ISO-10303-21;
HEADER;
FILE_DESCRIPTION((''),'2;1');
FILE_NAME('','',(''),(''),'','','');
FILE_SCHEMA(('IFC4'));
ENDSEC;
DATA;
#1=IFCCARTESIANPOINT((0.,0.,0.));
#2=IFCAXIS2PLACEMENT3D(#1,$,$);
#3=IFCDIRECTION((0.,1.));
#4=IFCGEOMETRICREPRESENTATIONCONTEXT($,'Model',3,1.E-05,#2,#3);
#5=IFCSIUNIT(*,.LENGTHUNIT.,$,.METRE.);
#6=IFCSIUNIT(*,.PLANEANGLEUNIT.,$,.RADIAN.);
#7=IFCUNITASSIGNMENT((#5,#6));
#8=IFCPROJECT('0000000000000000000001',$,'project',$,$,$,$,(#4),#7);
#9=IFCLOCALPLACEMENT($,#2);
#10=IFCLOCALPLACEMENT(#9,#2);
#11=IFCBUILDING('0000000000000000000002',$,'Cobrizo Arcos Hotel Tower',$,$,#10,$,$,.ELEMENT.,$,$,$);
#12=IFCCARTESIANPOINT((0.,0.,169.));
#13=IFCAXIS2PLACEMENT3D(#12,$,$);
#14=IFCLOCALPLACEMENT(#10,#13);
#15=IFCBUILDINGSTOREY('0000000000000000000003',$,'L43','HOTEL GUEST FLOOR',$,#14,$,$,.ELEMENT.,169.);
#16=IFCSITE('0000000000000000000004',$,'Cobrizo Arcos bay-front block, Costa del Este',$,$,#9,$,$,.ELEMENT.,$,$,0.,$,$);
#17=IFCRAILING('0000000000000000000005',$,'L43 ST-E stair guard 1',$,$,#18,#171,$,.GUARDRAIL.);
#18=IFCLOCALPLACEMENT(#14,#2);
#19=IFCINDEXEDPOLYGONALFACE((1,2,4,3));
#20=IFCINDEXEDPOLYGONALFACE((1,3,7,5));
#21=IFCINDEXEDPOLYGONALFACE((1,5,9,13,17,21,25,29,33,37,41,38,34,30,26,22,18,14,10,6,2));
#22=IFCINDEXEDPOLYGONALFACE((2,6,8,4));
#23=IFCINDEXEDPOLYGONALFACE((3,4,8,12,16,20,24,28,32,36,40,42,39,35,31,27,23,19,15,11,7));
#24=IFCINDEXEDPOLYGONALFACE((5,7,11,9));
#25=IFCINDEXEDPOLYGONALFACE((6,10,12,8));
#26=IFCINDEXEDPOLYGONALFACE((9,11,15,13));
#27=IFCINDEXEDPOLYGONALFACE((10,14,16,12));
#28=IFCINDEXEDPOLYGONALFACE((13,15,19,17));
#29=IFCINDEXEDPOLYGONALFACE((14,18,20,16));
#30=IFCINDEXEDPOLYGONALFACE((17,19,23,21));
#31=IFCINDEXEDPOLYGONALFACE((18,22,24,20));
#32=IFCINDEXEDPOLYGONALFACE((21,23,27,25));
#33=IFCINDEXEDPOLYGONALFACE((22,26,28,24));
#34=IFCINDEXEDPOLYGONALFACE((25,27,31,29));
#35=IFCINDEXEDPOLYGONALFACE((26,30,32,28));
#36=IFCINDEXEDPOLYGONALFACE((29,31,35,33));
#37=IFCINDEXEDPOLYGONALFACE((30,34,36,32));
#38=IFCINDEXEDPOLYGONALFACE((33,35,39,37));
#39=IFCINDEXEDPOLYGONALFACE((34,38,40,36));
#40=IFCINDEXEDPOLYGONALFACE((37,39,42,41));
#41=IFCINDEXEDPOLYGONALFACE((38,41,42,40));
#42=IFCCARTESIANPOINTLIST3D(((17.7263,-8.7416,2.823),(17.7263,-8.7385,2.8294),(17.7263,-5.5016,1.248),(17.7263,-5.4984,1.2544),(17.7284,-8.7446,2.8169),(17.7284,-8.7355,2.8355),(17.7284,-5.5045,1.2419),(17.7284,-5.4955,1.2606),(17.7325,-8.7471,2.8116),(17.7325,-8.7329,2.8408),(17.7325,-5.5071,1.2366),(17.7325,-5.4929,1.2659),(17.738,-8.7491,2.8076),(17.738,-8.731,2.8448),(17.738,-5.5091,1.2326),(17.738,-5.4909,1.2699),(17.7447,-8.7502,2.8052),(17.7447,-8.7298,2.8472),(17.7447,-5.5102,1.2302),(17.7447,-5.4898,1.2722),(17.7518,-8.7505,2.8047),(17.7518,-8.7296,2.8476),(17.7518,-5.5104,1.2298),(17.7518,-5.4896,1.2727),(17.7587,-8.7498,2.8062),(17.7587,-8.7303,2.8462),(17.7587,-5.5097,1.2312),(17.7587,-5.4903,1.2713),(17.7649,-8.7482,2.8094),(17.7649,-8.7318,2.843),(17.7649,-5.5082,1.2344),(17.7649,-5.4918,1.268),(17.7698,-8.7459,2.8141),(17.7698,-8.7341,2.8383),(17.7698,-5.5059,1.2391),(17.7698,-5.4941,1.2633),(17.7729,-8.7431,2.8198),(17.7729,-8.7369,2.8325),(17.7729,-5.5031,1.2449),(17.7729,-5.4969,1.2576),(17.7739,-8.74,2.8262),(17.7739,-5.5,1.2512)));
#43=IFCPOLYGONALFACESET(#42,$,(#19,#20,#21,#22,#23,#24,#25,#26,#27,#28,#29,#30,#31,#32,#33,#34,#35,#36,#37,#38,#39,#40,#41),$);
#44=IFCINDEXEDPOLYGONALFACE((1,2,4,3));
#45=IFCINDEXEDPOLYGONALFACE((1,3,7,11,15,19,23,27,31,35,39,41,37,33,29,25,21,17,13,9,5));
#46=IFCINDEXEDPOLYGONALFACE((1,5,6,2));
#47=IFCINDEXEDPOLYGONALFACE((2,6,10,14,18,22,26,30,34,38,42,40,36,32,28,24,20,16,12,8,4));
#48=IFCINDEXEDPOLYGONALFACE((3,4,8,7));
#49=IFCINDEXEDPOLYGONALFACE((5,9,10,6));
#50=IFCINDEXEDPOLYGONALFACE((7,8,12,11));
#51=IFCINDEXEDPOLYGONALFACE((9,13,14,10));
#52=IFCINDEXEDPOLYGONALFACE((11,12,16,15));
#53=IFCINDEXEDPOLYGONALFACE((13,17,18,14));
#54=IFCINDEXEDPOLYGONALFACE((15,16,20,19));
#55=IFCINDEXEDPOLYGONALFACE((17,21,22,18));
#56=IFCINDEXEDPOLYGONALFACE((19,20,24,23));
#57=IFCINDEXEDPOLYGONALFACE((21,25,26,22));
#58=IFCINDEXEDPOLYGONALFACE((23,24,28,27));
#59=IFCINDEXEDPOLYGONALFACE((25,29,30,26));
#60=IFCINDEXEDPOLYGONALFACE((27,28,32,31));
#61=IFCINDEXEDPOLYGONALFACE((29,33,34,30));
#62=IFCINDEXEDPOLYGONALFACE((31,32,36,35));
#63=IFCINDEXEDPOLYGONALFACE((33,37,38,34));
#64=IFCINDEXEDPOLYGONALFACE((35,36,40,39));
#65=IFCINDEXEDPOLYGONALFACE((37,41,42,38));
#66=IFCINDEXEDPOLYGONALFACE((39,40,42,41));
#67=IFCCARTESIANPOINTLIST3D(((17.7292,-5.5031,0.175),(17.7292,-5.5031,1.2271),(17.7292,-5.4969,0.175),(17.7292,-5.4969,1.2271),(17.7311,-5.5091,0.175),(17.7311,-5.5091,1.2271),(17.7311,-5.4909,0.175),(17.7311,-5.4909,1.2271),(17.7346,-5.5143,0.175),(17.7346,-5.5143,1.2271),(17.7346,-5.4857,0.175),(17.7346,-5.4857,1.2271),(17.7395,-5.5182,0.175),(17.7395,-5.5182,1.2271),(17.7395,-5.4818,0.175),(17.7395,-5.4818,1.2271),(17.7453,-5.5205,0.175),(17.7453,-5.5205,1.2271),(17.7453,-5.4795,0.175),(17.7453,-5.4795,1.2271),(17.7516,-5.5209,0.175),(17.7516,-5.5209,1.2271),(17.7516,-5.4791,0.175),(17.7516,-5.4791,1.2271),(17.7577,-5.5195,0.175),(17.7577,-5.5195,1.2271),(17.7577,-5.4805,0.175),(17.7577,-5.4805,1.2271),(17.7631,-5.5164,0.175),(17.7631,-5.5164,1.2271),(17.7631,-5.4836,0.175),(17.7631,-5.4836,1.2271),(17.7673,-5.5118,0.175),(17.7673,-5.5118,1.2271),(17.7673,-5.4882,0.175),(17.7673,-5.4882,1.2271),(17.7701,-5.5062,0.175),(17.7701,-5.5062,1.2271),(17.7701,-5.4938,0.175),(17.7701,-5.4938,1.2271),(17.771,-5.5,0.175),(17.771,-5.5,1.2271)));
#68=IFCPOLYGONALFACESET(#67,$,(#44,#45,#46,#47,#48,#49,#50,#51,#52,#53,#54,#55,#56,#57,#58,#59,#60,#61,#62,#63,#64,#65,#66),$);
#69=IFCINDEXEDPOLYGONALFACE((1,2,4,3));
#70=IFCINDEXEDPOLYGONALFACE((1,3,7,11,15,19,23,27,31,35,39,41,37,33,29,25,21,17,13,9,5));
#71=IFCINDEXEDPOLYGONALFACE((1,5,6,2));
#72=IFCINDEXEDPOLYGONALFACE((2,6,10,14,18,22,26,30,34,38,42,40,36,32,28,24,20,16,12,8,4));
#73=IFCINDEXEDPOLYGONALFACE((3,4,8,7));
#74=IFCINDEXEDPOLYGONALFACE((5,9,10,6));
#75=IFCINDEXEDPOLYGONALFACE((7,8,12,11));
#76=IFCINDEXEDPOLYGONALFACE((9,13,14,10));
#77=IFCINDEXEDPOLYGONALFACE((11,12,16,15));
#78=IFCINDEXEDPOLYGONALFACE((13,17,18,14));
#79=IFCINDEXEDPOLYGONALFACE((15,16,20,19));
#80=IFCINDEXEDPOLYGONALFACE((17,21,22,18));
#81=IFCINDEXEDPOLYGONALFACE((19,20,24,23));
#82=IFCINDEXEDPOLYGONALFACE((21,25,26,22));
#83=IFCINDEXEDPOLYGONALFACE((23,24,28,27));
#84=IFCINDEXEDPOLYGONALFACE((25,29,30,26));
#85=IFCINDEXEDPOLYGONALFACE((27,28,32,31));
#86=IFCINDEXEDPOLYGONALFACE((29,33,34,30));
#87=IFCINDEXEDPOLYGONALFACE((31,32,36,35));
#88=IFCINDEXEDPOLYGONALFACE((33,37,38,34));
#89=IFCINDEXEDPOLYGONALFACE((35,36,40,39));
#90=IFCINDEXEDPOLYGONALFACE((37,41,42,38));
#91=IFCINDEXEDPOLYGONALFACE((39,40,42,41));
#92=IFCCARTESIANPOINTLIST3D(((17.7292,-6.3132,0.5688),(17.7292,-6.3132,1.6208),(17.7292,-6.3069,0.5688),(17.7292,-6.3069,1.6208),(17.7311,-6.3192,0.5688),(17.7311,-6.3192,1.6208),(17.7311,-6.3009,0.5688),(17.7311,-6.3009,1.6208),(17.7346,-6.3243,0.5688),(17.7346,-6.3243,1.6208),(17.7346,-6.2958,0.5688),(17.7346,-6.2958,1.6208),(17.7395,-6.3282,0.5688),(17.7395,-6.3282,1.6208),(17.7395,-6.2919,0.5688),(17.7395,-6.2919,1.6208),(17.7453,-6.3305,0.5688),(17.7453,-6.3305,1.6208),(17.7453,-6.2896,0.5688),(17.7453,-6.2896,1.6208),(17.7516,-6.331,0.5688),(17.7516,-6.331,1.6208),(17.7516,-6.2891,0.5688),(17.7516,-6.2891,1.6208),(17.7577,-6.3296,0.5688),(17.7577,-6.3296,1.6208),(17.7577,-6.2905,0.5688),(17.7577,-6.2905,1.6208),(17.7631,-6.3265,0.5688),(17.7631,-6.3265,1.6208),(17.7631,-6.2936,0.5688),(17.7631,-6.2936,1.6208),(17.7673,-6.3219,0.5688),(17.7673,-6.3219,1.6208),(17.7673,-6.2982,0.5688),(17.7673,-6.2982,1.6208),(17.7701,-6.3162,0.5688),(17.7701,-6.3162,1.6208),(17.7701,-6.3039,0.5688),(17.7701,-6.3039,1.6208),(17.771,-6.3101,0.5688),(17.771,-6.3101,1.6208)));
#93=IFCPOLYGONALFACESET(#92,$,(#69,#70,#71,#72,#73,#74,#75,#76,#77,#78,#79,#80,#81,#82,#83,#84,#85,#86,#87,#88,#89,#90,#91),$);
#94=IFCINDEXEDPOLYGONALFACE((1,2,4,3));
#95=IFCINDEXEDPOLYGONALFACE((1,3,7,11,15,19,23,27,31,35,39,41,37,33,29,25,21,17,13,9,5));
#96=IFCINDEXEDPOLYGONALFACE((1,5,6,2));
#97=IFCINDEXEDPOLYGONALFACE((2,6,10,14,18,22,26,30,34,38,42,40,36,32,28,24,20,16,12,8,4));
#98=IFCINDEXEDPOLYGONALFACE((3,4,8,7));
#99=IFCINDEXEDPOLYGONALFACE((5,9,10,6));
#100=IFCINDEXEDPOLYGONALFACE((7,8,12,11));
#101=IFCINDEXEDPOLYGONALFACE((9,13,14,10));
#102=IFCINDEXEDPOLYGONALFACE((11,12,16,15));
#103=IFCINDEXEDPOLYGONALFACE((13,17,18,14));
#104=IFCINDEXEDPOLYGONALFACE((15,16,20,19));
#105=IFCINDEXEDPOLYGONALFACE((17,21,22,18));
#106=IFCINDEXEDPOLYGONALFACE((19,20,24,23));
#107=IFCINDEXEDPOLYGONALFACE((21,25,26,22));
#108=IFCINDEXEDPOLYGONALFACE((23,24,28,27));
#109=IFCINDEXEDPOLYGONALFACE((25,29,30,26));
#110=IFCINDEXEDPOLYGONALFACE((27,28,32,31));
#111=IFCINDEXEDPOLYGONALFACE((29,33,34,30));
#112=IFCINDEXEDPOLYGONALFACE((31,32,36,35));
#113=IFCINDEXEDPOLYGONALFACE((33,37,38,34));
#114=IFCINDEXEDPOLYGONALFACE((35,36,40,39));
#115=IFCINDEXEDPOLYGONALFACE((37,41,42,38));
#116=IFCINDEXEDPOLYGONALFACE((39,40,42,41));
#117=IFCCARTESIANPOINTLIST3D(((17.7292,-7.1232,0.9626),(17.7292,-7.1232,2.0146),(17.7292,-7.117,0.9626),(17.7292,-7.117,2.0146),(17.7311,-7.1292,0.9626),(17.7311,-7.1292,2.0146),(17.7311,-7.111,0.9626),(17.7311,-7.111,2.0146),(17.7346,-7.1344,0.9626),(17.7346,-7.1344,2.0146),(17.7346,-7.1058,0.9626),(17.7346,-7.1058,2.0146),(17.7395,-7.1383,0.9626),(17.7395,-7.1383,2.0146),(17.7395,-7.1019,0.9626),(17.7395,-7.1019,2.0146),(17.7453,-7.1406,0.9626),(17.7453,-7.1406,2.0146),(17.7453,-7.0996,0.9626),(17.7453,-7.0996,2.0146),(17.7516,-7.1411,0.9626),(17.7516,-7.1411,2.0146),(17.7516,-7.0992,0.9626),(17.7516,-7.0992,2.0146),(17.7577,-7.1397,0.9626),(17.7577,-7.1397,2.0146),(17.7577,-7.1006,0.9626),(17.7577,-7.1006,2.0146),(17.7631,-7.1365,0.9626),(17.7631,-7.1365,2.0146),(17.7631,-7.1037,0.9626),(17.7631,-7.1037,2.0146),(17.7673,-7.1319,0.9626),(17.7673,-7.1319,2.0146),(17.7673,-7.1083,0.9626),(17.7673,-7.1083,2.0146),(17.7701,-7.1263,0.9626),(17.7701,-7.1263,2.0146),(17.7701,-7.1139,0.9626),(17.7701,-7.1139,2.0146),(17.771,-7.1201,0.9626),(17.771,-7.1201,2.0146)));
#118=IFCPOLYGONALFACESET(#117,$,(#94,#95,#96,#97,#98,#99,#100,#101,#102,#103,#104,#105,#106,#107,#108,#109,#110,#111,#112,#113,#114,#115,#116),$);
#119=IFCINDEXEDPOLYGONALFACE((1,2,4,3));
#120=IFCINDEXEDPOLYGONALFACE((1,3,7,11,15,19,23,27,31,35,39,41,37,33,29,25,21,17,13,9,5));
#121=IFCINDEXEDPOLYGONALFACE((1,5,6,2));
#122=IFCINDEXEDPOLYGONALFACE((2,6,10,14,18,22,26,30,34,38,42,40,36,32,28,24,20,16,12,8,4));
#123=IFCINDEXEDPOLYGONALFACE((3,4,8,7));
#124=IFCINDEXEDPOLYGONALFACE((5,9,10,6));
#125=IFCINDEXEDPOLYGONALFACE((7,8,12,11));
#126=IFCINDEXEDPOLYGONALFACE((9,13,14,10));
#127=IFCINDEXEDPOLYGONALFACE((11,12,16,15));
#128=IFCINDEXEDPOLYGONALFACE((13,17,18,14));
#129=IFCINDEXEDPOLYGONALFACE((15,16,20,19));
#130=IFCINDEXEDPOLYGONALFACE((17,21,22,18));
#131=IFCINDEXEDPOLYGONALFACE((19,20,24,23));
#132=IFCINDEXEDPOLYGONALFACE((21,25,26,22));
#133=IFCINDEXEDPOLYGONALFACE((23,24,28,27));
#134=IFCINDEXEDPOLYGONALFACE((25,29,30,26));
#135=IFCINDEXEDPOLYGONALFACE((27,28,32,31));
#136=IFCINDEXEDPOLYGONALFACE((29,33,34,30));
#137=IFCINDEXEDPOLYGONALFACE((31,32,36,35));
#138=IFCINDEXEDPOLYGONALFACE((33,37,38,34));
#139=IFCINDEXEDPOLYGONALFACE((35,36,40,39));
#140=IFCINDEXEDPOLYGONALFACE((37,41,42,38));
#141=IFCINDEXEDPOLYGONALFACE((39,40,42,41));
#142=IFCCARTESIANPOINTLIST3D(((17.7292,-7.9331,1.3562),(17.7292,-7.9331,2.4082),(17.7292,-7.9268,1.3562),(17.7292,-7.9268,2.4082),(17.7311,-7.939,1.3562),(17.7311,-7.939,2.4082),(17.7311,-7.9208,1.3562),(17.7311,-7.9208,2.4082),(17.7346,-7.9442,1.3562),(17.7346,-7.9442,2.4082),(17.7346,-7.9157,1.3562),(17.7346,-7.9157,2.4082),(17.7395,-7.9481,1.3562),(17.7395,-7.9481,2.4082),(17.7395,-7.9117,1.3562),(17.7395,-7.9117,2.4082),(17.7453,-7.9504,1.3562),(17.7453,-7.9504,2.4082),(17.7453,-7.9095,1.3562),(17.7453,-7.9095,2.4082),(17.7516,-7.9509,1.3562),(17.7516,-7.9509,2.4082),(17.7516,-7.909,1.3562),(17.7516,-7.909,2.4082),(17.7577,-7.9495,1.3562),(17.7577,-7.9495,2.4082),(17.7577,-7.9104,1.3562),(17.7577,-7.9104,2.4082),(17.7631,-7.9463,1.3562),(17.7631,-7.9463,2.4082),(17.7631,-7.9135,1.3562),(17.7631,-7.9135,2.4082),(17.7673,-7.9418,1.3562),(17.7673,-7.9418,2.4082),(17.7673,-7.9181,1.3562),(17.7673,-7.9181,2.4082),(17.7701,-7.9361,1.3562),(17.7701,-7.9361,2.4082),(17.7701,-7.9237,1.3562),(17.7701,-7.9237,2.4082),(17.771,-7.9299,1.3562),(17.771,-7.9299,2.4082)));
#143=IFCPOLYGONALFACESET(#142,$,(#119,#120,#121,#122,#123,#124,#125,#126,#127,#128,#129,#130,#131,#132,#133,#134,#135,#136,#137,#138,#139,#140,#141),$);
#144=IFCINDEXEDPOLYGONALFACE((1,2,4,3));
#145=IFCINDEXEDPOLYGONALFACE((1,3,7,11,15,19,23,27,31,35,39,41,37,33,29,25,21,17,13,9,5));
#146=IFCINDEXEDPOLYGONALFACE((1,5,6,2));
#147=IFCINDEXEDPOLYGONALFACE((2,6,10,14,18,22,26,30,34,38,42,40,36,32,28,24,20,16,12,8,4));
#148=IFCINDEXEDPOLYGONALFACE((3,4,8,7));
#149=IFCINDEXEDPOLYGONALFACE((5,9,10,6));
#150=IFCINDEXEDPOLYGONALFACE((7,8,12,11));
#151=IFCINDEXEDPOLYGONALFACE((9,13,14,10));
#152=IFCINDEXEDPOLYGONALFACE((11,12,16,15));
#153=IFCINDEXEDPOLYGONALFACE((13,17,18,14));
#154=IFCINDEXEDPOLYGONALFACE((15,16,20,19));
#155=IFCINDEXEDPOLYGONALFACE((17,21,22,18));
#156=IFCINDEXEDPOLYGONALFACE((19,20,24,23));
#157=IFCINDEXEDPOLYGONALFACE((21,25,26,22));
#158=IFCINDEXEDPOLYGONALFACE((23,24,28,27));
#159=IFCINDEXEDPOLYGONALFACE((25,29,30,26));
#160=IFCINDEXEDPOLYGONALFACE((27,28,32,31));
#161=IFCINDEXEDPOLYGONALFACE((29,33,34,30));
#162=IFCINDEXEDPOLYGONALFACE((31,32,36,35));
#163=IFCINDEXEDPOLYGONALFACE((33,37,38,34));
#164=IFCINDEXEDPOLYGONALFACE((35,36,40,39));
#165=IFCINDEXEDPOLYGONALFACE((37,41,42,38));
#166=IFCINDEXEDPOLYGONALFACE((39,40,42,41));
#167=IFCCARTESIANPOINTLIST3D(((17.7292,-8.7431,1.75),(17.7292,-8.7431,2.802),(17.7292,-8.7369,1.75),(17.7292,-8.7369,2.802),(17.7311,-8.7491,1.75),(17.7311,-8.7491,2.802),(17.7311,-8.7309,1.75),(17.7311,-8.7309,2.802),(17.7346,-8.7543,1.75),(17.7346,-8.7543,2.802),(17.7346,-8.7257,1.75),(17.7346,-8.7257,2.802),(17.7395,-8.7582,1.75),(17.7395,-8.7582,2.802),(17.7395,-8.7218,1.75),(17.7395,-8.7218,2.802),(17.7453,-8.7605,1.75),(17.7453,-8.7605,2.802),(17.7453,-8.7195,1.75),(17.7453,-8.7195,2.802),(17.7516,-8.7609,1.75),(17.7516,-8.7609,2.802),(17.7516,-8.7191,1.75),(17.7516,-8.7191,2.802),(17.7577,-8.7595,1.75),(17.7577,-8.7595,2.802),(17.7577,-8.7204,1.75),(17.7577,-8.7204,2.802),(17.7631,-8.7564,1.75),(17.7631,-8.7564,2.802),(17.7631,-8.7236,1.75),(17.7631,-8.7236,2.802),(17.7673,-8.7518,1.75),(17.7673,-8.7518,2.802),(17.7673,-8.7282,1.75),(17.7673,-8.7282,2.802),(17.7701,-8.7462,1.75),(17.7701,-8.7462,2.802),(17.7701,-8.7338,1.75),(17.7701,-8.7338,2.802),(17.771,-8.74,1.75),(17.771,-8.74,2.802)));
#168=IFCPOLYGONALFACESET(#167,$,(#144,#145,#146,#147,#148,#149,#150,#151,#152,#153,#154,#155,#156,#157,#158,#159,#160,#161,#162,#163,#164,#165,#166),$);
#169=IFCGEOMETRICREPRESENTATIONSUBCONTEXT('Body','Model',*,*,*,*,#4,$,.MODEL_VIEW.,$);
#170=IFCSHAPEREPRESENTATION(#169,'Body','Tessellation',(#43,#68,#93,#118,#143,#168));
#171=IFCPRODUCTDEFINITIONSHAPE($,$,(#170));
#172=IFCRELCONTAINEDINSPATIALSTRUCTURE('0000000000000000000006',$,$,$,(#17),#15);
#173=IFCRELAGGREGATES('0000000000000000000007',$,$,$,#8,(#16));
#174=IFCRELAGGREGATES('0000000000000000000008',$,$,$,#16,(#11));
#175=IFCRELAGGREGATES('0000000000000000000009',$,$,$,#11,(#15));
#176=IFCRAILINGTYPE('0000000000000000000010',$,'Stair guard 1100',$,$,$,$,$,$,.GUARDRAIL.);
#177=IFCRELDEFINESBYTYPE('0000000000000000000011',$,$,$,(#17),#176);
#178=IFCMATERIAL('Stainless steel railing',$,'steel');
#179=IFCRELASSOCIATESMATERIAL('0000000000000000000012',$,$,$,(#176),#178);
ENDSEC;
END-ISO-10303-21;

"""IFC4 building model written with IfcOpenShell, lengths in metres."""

from ifc_helpers import new_model, si_unit, direction, frame, origin, origin_2d, place, context, subcontext, project, spatial, circle, extrude, material, type_object, element, save


model = new_model("IFC4")

# Units and contexts
model_context = context("Model", 3, precision=1e-05, world=origin(), true_north=direction((0.0, 1.0)))
body_context = subcontext(model_context, "Body", "Model", "MODEL_VIEW")
ifc_project = project(units=[si_unit("LENGTHUNIT", "METRE"), si_unit("PLANEANGLEUNIT", "RADIAN")], contexts=[model_context])

# Site, building, storey
site_placement = place(None, origin())
site = spatial("IfcSite", under=ifc_project, at=site_placement, Name="Cobrizo Arcos bay-front block, Costa del Este", CompositionType="ELEMENT", RefElevation=0.0)
building_placement = place(site_placement, origin())
building = spatial("IfcBuilding", under=site, at=building_placement, Name="Cobrizo Arcos Hotel Tower", CompositionType="ELEMENT")
storey_placement = place(building_placement, frame((0.0, 0.0, 169.0)))
storey = spatial("IfcBuildingStorey", under=building, at=storey_placement, Name="L43", Description="HOTEL GUEST FLOOR", CompositionType="ELEMENT", Elevation=169.0)

# Railing
ifc_material_1 = material(Name="Stainless steel railing", Category="steel")
railing_type_1 = type_object("IfcRailingType", Name="Stair guard 1100", PredefinedType="GUARDRAIL", material=ifc_material_1)
railing_1_placement = place(storey_placement, frame((17.75, -5.5, 0.175)))
element("IfcRailing", 1, at=railing_1_placement, inside=storey, type_object=railing_type_1, Name="L43 ST-E stair guard 1", PredefinedType="GUARDRAIL", context=body_context, shape_type="SweptSolid", body=[
    extrude(circle(Radius=0.0239, at=origin_2d()), frame((0.0, 0.0, 1.0762), z_axis=(0.0, -0.899373, 0.437183), x_axis=(1.0, 0.0, 0.0)), (0.0, 0.0, 1.0), 3.6025),
    extrude(circle(Radius=0.021, at=origin_2d()), origin(), (0.0, 0.0, 1.0), 1.052),
    extrude(circle(Radius=0.021, at=origin_2d()), frame((0.0, -0.8101, 0.3938)), (0.0, 0.0, 1.0), 1.052),
    extrude(circle(Radius=0.021, at=origin_2d()), frame((0.0, -1.6201, 0.7876)), (0.0, 0.0, 1.0), 1.052),
    extrude(circle(Radius=0.021, at=origin_2d()), frame((0.0, -2.4299, 1.1812)), (0.0, 0.0, 1.0), 1.052),
    extrude(circle(Radius=0.021, at=origin_2d()), frame((0.0, -3.24, 1.575)), (0.0, 0.0, 1.0), 1.052),
])

save(model, "model.ifc")
